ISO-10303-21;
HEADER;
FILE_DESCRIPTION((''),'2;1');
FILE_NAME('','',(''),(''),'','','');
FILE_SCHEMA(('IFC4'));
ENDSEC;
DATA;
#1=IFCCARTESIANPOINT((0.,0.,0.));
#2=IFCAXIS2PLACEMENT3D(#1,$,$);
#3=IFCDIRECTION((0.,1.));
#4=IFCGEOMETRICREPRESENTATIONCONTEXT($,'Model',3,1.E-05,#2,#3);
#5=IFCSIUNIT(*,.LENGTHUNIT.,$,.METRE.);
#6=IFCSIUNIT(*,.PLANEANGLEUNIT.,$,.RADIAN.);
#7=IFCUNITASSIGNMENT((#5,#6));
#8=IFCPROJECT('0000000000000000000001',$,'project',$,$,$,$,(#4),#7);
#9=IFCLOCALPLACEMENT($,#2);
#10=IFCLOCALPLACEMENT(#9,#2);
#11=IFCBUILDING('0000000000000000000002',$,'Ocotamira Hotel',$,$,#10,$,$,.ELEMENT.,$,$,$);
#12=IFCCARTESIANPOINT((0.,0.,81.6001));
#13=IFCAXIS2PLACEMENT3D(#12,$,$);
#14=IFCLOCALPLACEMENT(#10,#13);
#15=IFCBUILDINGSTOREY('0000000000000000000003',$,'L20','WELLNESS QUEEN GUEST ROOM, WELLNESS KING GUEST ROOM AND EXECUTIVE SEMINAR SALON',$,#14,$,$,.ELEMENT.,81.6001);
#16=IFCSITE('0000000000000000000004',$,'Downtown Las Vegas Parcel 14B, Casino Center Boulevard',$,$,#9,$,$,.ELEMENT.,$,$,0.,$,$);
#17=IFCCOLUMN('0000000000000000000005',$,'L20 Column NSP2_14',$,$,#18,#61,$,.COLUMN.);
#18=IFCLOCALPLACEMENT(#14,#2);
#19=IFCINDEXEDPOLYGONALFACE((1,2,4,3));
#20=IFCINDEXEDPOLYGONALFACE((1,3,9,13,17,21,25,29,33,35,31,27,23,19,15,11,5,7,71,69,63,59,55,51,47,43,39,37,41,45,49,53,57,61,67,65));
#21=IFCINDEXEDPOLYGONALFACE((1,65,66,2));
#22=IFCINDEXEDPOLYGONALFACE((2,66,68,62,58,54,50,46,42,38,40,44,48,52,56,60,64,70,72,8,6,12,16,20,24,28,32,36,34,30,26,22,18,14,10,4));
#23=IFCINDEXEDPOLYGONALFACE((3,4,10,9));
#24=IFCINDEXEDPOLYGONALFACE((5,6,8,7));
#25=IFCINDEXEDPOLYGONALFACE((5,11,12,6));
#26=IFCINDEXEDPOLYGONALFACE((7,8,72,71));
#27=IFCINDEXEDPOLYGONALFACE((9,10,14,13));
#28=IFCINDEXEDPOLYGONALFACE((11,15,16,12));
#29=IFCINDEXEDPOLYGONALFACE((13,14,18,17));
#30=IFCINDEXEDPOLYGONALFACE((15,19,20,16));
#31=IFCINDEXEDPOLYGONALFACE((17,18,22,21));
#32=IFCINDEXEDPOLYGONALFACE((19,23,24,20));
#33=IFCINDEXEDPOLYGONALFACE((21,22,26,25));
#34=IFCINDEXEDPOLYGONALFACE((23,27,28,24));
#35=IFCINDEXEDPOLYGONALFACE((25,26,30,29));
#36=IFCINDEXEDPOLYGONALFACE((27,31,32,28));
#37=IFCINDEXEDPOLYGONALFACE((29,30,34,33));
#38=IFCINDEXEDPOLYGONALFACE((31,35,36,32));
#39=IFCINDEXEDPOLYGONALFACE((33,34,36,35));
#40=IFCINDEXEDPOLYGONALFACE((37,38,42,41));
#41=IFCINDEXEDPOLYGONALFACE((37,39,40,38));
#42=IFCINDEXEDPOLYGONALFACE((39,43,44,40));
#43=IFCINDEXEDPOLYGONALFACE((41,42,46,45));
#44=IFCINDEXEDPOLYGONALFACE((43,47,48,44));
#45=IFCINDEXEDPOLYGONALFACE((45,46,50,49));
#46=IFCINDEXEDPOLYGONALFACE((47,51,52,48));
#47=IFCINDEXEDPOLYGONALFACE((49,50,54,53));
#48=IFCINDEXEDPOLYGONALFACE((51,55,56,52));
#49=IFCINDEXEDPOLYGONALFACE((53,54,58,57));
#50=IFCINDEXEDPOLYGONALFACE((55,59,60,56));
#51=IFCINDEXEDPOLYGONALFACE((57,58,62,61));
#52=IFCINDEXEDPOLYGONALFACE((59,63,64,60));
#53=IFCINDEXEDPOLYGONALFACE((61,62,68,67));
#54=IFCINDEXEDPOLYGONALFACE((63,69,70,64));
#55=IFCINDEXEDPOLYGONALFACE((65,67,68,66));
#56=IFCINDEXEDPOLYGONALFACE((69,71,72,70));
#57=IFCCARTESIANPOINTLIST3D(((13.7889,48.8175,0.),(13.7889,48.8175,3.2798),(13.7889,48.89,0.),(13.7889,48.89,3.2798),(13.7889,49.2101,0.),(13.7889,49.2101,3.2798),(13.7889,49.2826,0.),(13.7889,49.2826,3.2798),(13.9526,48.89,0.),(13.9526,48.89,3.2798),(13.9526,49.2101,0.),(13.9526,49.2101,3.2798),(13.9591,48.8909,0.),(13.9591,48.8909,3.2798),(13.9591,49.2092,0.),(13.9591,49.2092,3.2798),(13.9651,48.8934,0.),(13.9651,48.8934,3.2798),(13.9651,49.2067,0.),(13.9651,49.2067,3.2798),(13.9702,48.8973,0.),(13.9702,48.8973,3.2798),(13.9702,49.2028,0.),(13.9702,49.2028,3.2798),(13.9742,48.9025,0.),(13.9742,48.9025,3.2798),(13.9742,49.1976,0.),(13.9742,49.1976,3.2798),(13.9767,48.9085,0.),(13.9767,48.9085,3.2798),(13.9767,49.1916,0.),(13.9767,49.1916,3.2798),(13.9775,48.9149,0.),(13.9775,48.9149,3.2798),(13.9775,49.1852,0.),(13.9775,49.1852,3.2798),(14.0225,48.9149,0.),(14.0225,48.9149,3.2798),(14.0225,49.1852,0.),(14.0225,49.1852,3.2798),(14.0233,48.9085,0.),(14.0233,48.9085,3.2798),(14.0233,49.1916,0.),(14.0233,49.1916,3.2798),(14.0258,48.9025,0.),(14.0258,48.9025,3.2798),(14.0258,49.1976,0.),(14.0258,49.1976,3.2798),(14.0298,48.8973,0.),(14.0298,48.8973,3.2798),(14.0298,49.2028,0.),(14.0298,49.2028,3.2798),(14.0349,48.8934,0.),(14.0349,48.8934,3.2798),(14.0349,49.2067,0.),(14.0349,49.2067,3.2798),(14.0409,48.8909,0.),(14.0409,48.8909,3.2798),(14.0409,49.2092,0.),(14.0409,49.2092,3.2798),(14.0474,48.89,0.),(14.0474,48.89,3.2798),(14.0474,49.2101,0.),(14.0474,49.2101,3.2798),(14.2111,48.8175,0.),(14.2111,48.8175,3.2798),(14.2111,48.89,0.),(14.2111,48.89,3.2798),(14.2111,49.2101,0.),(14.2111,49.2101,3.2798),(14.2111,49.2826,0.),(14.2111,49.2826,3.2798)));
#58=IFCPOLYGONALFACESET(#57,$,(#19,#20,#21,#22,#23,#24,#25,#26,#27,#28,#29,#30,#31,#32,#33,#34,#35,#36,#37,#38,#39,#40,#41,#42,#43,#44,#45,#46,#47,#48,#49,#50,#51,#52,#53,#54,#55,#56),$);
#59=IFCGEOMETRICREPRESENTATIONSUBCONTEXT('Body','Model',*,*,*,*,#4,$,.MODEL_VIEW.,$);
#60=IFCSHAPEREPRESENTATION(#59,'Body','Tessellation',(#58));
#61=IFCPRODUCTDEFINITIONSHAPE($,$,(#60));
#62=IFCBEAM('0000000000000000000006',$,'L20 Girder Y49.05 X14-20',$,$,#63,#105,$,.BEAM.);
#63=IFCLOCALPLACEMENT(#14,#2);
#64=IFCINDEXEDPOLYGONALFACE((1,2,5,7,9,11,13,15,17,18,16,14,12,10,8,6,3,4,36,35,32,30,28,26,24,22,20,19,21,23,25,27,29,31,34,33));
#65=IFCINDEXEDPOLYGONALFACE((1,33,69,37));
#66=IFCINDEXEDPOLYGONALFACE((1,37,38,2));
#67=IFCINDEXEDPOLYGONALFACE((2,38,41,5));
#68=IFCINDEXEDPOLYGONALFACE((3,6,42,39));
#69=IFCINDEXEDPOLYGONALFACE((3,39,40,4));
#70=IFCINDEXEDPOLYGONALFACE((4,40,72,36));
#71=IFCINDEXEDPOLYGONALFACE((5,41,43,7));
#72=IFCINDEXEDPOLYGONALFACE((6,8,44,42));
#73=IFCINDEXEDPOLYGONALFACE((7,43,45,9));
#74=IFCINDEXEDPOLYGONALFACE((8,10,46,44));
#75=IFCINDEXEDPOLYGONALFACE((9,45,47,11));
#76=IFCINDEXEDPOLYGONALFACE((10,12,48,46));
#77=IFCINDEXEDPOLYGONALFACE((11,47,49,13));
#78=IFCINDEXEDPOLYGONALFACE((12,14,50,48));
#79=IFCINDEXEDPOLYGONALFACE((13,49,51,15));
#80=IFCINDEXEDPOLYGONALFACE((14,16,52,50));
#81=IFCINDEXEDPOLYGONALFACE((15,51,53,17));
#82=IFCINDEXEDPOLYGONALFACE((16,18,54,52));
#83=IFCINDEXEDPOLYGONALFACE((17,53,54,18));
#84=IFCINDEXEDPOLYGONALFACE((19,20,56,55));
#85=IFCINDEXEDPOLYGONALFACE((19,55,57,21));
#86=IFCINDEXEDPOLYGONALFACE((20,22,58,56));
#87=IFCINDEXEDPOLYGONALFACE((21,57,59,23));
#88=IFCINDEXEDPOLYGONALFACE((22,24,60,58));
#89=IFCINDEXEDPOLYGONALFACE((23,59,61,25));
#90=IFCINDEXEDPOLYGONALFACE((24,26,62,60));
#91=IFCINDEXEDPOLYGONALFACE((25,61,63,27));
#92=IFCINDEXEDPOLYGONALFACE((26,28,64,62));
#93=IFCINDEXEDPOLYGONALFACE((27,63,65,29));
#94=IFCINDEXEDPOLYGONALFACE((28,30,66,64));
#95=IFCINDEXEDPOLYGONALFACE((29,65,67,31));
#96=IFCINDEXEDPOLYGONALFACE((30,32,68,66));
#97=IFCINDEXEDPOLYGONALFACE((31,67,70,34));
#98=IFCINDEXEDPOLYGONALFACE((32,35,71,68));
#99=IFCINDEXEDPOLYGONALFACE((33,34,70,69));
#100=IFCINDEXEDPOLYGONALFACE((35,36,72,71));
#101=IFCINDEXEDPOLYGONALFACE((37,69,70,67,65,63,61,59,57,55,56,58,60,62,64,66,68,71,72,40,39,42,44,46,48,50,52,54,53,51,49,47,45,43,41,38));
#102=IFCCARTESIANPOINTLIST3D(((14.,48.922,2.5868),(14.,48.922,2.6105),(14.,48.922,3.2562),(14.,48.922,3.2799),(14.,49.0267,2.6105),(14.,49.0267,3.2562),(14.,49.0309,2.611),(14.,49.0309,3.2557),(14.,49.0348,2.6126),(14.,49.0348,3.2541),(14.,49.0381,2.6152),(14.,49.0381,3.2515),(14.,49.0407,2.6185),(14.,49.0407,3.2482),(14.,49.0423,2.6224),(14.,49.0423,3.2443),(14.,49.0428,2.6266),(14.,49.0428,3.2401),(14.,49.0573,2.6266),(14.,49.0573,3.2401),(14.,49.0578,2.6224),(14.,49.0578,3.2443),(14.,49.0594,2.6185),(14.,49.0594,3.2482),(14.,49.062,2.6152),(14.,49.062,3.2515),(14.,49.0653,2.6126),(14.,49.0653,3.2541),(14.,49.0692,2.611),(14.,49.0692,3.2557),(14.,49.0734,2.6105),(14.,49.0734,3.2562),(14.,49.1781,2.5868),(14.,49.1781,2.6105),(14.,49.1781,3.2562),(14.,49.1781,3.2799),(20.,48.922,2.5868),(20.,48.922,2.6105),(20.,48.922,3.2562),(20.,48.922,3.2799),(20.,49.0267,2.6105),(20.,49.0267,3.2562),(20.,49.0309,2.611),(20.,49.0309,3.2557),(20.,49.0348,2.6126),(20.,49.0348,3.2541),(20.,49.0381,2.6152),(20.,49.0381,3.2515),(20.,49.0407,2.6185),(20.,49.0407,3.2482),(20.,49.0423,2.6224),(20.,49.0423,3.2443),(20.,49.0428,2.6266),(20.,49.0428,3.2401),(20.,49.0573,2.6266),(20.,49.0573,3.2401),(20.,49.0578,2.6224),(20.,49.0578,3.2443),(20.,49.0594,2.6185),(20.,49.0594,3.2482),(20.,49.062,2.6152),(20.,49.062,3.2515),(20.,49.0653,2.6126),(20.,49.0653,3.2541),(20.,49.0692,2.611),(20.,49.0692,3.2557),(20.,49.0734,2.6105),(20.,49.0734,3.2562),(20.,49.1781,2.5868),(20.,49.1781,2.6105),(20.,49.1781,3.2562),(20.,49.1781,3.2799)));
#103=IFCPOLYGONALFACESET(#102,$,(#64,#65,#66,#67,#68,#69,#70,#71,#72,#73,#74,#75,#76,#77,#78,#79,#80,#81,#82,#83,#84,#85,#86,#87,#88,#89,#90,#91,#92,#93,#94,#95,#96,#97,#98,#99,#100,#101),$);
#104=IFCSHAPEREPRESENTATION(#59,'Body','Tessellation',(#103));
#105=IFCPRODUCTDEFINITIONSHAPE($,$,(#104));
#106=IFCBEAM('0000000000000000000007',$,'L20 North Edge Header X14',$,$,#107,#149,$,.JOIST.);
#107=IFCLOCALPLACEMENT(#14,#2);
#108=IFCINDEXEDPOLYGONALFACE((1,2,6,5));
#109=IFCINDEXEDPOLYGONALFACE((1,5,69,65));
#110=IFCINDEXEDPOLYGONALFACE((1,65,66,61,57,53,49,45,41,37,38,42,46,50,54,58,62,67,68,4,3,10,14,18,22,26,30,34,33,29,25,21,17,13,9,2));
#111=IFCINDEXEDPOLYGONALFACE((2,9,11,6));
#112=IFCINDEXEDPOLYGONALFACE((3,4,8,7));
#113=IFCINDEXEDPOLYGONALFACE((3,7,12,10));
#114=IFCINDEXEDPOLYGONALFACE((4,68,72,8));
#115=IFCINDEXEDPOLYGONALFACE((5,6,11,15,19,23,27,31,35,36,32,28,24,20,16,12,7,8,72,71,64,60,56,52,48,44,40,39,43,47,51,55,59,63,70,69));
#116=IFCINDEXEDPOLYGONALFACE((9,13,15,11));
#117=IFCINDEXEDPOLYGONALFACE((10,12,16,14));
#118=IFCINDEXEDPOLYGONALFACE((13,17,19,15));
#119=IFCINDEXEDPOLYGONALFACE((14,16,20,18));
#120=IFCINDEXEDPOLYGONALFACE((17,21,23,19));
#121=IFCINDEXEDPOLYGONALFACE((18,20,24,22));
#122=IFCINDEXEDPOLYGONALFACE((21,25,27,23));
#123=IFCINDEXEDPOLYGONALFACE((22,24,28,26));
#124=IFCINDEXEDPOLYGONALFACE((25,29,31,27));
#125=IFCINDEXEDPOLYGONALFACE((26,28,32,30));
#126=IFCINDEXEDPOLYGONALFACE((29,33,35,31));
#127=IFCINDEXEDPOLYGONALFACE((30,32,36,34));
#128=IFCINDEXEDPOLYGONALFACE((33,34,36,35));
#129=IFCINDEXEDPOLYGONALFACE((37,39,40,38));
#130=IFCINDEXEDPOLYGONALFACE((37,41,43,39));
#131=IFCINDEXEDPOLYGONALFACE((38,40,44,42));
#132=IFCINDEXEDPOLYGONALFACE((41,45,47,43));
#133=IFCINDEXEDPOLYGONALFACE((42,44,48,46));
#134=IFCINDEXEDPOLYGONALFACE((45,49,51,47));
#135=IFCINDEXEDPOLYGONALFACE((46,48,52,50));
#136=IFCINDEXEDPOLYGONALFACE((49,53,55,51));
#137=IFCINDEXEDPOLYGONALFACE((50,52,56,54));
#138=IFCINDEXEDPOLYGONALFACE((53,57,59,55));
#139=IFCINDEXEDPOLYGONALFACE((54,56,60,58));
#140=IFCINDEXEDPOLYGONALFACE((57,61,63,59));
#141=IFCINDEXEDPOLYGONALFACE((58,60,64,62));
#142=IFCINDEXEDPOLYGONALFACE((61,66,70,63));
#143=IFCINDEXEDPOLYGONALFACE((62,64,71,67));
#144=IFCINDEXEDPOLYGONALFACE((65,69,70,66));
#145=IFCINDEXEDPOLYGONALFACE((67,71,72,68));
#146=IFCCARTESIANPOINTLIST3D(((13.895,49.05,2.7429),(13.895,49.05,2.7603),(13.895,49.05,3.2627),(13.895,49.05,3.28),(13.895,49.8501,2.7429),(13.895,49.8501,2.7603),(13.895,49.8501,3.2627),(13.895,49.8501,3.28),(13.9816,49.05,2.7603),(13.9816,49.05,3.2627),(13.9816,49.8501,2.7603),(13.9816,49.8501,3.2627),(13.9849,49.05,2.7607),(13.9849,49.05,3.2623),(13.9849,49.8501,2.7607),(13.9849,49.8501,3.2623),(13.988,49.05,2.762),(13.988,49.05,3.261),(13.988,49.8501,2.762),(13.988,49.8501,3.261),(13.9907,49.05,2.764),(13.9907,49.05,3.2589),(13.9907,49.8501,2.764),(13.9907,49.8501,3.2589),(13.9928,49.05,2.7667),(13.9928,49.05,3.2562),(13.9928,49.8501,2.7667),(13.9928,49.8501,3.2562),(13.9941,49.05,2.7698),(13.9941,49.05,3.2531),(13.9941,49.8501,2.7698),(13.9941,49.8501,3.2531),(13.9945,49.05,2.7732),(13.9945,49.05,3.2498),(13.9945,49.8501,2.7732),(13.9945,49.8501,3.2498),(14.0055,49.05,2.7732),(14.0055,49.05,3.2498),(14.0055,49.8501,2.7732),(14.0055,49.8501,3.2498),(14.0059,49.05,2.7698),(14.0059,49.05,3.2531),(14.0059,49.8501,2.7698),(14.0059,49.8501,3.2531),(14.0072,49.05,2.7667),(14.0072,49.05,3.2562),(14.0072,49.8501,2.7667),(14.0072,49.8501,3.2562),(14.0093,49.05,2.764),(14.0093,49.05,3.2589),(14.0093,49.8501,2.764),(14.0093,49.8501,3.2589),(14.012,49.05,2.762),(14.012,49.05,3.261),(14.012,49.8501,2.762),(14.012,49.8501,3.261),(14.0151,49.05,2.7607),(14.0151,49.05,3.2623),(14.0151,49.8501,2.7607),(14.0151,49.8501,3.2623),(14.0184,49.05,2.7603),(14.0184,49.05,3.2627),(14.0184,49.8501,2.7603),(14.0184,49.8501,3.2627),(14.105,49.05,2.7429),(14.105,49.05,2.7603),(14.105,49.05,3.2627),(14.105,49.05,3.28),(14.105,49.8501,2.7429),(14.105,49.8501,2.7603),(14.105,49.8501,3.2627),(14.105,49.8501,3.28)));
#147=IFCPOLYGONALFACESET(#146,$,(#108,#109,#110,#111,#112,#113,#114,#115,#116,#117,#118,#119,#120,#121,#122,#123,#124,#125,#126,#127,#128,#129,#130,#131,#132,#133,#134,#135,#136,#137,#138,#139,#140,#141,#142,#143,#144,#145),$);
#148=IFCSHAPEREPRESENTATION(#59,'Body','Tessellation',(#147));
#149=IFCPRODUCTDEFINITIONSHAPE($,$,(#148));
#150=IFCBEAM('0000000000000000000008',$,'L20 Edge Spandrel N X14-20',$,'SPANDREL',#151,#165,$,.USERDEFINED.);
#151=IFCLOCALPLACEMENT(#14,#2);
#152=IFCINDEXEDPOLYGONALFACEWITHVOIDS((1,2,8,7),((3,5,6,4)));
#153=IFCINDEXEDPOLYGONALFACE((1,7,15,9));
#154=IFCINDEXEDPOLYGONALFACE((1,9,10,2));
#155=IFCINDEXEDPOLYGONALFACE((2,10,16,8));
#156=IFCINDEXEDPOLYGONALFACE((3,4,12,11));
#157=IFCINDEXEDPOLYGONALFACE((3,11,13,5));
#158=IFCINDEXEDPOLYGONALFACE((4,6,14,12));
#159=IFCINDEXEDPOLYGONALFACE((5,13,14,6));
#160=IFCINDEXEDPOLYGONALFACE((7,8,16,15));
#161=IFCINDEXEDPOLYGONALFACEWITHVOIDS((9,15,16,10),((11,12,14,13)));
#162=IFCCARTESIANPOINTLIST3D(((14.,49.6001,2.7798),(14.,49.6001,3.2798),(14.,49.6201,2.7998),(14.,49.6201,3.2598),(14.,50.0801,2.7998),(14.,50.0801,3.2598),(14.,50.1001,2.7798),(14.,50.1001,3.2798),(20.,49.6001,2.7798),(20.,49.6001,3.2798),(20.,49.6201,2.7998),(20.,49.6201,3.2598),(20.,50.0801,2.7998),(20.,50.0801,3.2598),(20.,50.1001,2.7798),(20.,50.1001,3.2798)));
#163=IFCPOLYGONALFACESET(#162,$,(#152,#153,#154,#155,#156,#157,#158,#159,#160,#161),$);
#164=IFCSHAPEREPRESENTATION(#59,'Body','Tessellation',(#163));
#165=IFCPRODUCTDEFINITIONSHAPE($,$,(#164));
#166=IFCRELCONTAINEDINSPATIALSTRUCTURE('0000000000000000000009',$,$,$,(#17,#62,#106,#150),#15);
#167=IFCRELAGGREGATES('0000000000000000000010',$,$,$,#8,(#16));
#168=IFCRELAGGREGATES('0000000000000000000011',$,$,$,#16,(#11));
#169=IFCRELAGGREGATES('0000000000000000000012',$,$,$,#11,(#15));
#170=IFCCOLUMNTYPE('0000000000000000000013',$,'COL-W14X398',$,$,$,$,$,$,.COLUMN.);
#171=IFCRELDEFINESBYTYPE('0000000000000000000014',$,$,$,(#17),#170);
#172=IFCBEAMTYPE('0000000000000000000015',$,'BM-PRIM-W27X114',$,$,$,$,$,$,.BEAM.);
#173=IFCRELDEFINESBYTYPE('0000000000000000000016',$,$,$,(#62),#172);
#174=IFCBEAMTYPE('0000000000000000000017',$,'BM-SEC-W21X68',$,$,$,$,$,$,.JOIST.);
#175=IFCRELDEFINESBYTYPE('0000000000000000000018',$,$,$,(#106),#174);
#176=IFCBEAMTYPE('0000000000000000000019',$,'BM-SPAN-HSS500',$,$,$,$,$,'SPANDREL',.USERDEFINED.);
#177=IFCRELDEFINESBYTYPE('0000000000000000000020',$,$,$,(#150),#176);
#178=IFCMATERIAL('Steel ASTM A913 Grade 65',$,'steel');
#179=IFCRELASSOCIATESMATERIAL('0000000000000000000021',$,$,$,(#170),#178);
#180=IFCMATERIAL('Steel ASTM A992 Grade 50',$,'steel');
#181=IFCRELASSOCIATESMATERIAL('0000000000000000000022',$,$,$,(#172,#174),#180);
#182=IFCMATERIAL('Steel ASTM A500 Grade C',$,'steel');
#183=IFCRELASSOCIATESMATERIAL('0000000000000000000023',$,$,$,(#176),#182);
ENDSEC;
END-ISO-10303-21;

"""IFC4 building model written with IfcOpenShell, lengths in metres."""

from ifc_helpers import new_model, si_unit, direction, frame, origin, origin_2d, place, context, subcontext, project, spatial, hollow_rectangle, i_section, extrude, source, transform, mapped, material, material_profile, profile_set, type_object, element, save


model = new_model("IFC4")

# Units and contexts
model_context = context("Model", 3, precision=1e-05, world=origin(), true_north=direction((0.0, 1.0)))
body_context = subcontext(model_context, "Body", "Model", "MODEL_VIEW")
ifc_project = project(units=[si_unit("LENGTHUNIT", "METRE"), si_unit("PLANEANGLEUNIT", "RADIAN")], contexts=[model_context])

# Site, building, storey
site_placement = place(None, origin())
site = spatial("IfcSite", under=ifc_project, at=site_placement, Name="Downtown Las Vegas Parcel 14B, Casino Center Boulevard", CompositionType="ELEMENT", RefElevation=0.0)
building_placement = place(site_placement, origin())
building = spatial("IfcBuilding", under=site, at=building_placement, Name="Ocotamira Hotel", CompositionType="ELEMENT")
storey_placement = place(building_placement, frame((0.0, 0.0, 81.6001)))
storey = spatial("IfcBuildingStorey", under=building, at=storey_placement, Name="L20", Description="WELLNESS QUEEN GUEST ROOM, WELLNESS KING GUEST ROOM AND EXECUTIVE SEMINAR SALON", CompositionType="ELEMENT", Elevation=81.6001)

# Column
ifc_material_1 = material(Name="Steel ASTM A913 Grade 65", Category="steel")
ifc_material_profile_1 = material_profile(ifc_material_1, i_section(OverallWidth=0.4221, OverallDepth=0.4651, WebThickness=0.0449, FlangeThickness=0.0725, FilletRadius=0.0249, at=origin_2d()), Name="W14X398")
ifc_profile_set_1 = profile_set([ifc_material_profile_1], Name="Steel ASTM A913 Grade 65")
column_type = type_object("IfcColumnType", Name="COL-W14X398", PredefinedType="COLUMN", material=ifc_profile_set_1)
shared_shape_1 = source(origin(), body_context, "Body", "SweptSolid", [
    extrude(i_section(OverallWidth=0.4221, OverallDepth=0.4651, WebThickness=0.0449, FlangeThickness=0.0725, FilletRadius=0.0249, at=origin_2d()), origin(), (0.0, 0.0, 1.0), 3.2798),
])
column_placement = place(storey_placement, frame((14.0, 49.05, 0.0), z_axis=(0.0, 0.0, 1.0), x_axis=(1.0, 0.0, 0.0)))
element("IfcColumn", 1, at=column_placement, inside=storey, type_object=column_type, Name="L20 Column NSP2_14", PredefinedType="COLUMN", context=body_context, shape_type="MappedRepresentation", body=[
    mapped(shared_shape_1, transform((0.0, 0.0, 0.0), scale=1.0)),
])

# Beams
ifc_material_2 = material(Name="Steel ASTM A992 Grade 50", Category="steel")
ifc_material_profile_2 = material_profile(ifc_material_2, i_section(OverallWidth=0.2561, OverallDepth=0.6931, WebThickness=0.0144, FlangeThickness=0.0237, FilletRadius=0.0161, at=origin_2d()), Name="W27X114")
ifc_profile_set_2 = profile_set([ifc_material_profile_2], Name="Steel ASTM A992 Grade 50")
beam_type_1 = type_object("IfcBeamType", Name="BM-PRIM-W27X114", PredefinedType="BEAM", material=ifc_profile_set_2)
shared_shape_2 = source(origin(), body_context, "Body", "SweptSolid", [
    extrude(i_section(OverallWidth=0.2561, OverallDepth=0.6931, WebThickness=0.0144, FlangeThickness=0.0237, FilletRadius=0.0161, at=origin_2d()), origin(), (0.0, 0.0, 1.0), 6.0),
])
beam_1_placement = place(storey_placement, frame((14.0, 49.05, 2.9333), z_axis=(1.0, 0.0, 0.0), x_axis=(0.0, 1.0, 0.0)))
element("IfcBeam", 2, at=beam_1_placement, inside=storey, type_object=beam_type_1, Name="L20 Girder Y49.05 X14-20", PredefinedType="BEAM", context=body_context, shape_type="MappedRepresentation", body=[
    mapped(shared_shape_2, transform((0.0, 0.0, 0.0), scale=1.0)),
])
ifc_material_profile_3 = material_profile(ifc_material_2, i_section(OverallWidth=0.21, OverallDepth=0.5371, WebThickness=0.011, FlangeThickness=0.0173, FilletRadius=0.0129, at=origin_2d()), Name="W21X68")
ifc_profile_set_3 = profile_set([ifc_material_profile_3], Name="Steel ASTM A992 Grade 50")
beam_type_2 = type_object("IfcBeamType", Name="BM-SEC-W21X68", PredefinedType="JOIST", material=ifc_profile_set_3)
shared_shape_3 = source(origin(), body_context, "Body", "SweptSolid", [
    extrude(i_section(OverallWidth=0.21, OverallDepth=0.5371, WebThickness=0.011, FlangeThickness=0.0173, FilletRadius=0.0129, at=origin_2d()), origin(), (0.0, 0.0, 1.0), 0.8),
])
beam_2_placement = place(storey_placement, frame((14.0, 49.05, 3.0115), z_axis=(0.0, 1.0, 0.0), x_axis=(-1.0, 0.0, 0.0)))
element("IfcBeam", 3, at=beam_2_placement, inside=storey, type_object=beam_type_2, Name="L20 North Edge Header X14", PredefinedType="JOIST", context=body_context, shape_type="MappedRepresentation", body=[
    mapped(shared_shape_3, transform((0.0, 0.0, 0.0), scale=1.0)),
])
ifc_material_3 = material(Name="Steel ASTM A500 Grade C", Category="steel")
ifc_material_profile_4 = material_profile(ifc_material_3, hollow_rectangle(XDim=0.5, YDim=0.5, WallThickness=0.02, at=origin_2d()), Name="HSS500X500X20")
ifc_profile_set_4 = profile_set([ifc_material_profile_4], Name="Steel ASTM A500 Grade C")
beam_type_3 = type_object("IfcBeamType", Name="BM-SPAN-HSS500", ElementType="SPANDREL", PredefinedType="USERDEFINED", material=ifc_profile_set_4)
shared_shape_4 = source(origin(), body_context, "Body", "SweptSolid", [
    extrude(hollow_rectangle(XDim=0.5, YDim=0.5, WallThickness=0.02, at=origin_2d()), origin(), (0.0, 0.0, 1.0), 6.0),
])
beam_3_placement = place(storey_placement, frame((14.0, 49.8501, 3.0298), z_axis=(1.0, 0.0, 0.0), x_axis=(0.0, 1.0, 0.0)))
element("IfcBeam", 4, at=beam_3_placement, inside=storey, type_object=beam_type_3, Name="L20 Edge Spandrel N X14-20", ObjectType="SPANDREL", PredefinedType="USERDEFINED", context=body_context, shape_type="MappedRepresentation", body=[
    mapped(shared_shape_4, transform((0.0, 0.0, 0.0), scale=1.0)),
])

save(model, "model.ifc")
